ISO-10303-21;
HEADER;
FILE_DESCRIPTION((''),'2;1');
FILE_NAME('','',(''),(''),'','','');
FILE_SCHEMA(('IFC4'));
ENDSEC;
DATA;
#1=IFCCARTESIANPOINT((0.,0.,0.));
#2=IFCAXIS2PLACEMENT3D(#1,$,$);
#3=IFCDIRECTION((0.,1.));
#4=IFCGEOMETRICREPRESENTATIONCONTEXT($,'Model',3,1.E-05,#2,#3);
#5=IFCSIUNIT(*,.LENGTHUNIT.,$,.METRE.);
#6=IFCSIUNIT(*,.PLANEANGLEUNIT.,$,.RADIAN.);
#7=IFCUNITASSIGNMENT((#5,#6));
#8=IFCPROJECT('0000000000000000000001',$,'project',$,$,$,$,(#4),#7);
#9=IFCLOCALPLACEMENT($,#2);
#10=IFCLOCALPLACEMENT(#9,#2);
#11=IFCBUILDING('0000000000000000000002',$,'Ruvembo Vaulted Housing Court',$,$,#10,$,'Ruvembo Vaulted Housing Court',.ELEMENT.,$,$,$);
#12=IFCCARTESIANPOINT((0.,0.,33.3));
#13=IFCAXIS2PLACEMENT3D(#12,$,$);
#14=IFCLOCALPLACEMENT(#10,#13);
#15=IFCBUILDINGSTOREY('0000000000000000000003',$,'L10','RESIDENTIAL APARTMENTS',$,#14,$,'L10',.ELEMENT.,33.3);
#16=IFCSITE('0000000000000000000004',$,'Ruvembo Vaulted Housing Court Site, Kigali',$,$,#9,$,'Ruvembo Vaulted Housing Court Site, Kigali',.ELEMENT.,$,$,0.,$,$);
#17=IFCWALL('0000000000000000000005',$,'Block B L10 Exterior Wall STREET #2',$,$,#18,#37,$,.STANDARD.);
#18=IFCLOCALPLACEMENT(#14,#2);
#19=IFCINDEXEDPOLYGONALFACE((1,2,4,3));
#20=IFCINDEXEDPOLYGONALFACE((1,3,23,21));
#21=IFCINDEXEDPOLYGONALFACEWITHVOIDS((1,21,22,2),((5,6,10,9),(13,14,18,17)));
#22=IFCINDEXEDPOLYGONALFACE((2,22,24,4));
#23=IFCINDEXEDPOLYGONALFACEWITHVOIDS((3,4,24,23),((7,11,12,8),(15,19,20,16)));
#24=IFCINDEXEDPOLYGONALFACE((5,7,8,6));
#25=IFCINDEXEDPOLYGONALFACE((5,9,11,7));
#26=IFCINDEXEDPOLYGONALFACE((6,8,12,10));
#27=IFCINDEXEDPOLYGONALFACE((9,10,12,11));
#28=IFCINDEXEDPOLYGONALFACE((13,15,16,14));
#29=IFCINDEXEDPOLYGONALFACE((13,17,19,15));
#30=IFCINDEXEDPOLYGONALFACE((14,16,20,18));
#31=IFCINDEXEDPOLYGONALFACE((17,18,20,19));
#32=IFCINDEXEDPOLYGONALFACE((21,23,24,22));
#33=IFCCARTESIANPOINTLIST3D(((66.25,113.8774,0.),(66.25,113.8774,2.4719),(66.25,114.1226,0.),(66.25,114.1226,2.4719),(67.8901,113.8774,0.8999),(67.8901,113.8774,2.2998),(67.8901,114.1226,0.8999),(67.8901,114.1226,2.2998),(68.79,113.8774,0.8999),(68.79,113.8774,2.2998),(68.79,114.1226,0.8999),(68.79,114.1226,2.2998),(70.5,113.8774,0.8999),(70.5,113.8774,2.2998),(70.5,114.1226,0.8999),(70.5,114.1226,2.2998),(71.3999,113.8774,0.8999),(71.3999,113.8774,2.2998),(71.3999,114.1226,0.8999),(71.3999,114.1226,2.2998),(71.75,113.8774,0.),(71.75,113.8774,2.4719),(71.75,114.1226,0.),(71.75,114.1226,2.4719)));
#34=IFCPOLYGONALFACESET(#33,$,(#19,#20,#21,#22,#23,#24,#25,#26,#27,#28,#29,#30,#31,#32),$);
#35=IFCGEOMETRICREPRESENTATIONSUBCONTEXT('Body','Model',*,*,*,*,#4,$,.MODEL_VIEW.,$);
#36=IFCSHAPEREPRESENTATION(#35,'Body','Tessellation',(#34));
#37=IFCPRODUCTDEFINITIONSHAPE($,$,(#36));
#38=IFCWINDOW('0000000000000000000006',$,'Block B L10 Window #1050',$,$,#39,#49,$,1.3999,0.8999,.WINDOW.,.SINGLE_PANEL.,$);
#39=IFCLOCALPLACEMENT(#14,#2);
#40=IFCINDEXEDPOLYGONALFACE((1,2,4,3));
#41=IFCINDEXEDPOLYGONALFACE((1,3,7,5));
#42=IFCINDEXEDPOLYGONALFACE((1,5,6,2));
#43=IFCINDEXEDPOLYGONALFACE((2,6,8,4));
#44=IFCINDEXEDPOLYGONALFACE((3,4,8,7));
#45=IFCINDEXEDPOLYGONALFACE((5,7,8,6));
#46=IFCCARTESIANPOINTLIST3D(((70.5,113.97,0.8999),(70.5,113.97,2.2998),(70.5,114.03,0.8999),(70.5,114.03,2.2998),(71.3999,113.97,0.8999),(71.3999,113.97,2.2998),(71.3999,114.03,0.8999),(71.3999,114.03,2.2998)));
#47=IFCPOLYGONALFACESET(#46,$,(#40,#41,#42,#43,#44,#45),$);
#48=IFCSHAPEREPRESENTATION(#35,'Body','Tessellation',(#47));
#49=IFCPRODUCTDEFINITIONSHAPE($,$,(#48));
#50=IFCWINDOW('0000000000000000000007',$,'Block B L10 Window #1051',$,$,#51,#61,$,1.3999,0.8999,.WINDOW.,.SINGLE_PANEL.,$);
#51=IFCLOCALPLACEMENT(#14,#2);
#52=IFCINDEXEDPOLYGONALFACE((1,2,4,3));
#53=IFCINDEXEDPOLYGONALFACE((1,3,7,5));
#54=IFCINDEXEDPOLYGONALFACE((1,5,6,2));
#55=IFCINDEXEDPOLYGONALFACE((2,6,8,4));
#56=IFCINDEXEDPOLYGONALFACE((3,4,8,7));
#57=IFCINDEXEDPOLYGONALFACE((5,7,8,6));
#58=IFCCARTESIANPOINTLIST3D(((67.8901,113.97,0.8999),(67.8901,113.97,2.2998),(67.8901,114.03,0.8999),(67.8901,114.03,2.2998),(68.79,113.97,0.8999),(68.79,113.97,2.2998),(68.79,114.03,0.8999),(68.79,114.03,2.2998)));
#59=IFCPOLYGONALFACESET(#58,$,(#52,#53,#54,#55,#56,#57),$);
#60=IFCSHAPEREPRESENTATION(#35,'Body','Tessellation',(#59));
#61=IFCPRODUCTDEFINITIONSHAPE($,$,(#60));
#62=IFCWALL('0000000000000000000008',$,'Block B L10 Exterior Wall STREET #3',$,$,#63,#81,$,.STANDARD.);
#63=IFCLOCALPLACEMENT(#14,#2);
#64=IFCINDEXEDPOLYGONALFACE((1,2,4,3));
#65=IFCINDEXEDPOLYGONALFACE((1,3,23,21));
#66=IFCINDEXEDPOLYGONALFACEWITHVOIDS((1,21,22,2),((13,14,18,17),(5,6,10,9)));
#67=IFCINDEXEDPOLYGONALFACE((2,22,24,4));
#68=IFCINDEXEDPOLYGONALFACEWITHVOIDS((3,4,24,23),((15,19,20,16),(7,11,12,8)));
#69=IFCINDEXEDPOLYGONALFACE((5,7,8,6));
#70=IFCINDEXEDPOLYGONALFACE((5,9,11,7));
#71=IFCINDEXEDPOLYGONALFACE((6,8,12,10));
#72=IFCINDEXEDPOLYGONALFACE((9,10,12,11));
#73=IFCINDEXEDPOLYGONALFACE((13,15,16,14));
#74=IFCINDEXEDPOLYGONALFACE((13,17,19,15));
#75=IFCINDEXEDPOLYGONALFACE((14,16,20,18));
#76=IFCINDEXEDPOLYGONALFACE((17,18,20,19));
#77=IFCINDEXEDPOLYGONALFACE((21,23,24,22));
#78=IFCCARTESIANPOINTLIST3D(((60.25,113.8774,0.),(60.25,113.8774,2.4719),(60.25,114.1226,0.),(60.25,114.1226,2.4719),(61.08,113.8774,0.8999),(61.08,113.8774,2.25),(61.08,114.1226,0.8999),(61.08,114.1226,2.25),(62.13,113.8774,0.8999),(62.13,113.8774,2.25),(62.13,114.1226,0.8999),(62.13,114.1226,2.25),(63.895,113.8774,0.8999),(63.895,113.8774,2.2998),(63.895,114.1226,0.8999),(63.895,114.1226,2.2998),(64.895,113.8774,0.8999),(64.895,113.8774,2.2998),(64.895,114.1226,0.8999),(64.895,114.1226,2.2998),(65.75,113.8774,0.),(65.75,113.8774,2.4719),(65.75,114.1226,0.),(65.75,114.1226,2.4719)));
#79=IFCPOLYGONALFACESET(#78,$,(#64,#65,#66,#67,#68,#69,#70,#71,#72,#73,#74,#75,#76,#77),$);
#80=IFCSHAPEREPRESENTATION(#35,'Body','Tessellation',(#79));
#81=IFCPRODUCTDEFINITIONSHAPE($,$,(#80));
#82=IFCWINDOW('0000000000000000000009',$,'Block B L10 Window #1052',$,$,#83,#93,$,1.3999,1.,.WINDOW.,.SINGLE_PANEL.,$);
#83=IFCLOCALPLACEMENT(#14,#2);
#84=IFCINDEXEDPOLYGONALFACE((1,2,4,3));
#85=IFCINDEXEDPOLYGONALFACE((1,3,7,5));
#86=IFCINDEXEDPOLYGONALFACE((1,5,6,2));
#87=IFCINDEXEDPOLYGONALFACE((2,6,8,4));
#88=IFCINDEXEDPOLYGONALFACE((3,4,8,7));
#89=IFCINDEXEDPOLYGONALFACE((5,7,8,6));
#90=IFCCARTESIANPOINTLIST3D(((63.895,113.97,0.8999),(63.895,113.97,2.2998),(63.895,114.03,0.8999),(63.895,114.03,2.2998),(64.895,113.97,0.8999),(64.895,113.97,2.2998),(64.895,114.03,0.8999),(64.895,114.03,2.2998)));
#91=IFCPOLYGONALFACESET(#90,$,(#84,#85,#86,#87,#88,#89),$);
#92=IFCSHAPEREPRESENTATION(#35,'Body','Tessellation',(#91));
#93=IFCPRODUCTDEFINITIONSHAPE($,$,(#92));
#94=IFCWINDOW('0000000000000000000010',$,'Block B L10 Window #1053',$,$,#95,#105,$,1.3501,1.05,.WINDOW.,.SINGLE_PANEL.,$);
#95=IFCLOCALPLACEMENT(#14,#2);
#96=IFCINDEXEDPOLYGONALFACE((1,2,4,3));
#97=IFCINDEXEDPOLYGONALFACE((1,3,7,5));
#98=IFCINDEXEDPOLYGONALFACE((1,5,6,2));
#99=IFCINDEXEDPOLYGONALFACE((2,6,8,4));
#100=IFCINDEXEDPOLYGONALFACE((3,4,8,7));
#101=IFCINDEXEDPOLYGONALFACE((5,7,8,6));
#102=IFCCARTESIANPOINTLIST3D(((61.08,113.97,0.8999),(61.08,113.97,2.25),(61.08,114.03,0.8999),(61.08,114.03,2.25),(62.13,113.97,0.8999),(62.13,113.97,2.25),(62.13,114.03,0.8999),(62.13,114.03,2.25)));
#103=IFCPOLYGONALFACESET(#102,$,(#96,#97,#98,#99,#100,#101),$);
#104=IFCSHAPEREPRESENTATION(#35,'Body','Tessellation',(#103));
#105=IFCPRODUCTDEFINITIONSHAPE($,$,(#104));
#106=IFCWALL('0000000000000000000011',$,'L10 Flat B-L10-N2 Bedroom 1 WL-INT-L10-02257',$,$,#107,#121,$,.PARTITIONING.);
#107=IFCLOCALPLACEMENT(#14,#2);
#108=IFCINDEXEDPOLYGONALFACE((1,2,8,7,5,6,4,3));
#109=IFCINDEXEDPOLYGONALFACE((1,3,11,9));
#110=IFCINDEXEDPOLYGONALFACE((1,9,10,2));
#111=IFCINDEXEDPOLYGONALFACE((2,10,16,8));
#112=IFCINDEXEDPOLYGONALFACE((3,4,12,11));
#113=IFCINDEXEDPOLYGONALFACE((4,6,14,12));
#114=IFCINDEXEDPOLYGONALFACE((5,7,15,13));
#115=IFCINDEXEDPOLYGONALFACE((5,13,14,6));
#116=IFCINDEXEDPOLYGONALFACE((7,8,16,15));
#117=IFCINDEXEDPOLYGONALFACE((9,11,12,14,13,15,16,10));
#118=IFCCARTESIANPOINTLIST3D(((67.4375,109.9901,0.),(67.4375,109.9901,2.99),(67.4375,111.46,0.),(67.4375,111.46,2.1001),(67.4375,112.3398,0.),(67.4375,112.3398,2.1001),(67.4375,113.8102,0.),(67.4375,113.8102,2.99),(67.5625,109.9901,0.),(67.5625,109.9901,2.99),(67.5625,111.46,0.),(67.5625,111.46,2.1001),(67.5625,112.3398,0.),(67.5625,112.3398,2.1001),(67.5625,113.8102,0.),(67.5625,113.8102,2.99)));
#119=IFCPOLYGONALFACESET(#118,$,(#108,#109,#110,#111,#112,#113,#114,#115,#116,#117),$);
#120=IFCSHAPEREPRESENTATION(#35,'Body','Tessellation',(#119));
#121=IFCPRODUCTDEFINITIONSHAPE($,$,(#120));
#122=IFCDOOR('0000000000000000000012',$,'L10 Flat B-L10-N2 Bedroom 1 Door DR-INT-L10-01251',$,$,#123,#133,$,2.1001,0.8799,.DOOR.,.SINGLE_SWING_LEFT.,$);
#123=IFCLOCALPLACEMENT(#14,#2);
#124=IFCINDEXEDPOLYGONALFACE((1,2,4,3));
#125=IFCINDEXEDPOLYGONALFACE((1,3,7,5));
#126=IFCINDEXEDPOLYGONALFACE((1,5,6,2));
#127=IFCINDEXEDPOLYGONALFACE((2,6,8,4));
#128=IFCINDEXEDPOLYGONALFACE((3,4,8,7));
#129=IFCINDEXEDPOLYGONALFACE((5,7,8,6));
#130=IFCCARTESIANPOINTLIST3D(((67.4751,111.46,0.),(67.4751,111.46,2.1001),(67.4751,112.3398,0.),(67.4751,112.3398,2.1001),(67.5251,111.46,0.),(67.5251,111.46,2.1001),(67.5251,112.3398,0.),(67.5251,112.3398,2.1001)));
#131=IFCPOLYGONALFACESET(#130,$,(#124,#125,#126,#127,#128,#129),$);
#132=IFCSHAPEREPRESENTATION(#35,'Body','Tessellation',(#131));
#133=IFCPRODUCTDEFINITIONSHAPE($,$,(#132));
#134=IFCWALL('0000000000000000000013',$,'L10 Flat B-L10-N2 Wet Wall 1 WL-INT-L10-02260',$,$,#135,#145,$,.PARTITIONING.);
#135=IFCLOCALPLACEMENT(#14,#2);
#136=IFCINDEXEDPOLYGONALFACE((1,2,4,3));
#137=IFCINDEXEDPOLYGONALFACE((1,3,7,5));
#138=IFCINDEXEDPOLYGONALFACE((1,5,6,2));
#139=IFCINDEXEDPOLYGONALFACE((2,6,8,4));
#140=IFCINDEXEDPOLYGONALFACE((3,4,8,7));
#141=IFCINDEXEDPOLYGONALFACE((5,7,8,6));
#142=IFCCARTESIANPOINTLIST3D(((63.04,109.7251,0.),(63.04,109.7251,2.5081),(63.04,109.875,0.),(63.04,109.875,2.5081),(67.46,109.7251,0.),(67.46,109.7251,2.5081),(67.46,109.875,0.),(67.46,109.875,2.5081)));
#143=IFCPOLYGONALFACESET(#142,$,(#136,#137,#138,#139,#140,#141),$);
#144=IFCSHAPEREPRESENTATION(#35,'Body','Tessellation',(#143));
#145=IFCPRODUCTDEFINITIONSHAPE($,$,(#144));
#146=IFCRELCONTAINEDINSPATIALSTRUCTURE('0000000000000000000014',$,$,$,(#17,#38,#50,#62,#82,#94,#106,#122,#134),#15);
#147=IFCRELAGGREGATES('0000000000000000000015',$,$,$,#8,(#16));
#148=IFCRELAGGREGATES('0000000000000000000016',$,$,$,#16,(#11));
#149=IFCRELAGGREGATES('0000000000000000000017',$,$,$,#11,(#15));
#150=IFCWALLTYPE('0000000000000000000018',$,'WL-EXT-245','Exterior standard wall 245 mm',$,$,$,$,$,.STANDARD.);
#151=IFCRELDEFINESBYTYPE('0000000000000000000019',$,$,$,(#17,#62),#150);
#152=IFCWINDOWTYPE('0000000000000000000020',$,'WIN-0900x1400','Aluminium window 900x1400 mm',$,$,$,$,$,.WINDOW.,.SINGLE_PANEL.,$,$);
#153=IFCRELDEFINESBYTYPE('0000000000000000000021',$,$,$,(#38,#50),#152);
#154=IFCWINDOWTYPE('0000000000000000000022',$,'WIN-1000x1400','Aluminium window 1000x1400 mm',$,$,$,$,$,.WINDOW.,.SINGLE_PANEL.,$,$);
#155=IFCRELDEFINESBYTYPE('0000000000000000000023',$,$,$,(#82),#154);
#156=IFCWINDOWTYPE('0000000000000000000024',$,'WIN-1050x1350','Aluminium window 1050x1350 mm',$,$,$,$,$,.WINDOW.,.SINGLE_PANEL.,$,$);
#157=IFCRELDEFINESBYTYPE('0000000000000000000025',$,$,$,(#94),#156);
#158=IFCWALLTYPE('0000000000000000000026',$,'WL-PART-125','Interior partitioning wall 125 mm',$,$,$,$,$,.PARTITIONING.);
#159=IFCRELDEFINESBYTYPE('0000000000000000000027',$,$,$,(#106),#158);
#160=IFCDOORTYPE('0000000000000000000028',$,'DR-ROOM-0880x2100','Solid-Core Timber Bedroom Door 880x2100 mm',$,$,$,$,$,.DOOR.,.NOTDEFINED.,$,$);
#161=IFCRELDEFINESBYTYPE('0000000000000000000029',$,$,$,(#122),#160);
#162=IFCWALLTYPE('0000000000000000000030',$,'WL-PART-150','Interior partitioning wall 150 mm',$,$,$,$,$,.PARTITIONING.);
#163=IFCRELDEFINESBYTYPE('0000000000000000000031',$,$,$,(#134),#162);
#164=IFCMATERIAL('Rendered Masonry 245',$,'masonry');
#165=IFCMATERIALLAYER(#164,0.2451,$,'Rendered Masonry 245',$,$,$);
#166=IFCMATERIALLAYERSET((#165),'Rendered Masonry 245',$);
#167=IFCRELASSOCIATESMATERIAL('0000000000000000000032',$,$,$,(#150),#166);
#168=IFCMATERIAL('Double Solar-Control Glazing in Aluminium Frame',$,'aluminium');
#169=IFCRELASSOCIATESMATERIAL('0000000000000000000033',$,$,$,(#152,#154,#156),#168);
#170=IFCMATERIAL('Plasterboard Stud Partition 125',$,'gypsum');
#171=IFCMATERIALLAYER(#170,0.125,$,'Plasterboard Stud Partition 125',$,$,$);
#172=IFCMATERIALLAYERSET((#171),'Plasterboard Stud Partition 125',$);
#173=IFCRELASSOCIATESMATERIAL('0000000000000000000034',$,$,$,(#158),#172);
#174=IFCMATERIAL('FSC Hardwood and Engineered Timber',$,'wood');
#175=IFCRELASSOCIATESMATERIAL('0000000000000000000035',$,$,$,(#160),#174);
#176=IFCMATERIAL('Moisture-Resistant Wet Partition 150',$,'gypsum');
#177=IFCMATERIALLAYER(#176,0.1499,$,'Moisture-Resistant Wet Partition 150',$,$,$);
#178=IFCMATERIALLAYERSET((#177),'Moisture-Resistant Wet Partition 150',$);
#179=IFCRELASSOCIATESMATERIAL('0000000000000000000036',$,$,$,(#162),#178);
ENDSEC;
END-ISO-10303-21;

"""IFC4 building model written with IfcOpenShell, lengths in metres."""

from ifc_helpers import new_model, si_unit, direction, frame, frame_2d, origin, place, context, subcontext, project, spatial, rectangle, extrude, material, layer, layer_set, type_object, element, fill, save


model = new_model("IFC4")

# Units and contexts
model_context = context("Model", 3, precision=1e-05, world=origin(), true_north=direction((0.0, 1.0)))
body_context = subcontext(model_context, "Body", "Model", "MODEL_VIEW")
ifc_project = project(units=[si_unit("LENGTHUNIT", "METRE"), si_unit("PLANEANGLEUNIT", "RADIAN")], contexts=[model_context])

# Site, building, storey
site_placement = place(None, origin())
site = spatial("IfcSite", under=ifc_project, at=site_placement, Name="Ruvembo Vaulted Housing Court Site, Kigali", LongName="Ruvembo Vaulted Housing Court Site, Kigali", CompositionType="ELEMENT", RefElevation=0.0)
building_placement = place(site_placement, origin())
building = spatial("IfcBuilding", under=site, at=building_placement, Name="Ruvembo Vaulted Housing Court", LongName="Ruvembo Vaulted Housing Court", CompositionType="ELEMENT")
storey_placement = place(building_placement, frame((0.0, 0.0, 33.3)))
storey = spatial("IfcBuildingStorey", under=building, at=storey_placement, Name="L10", Description="RESIDENTIAL APARTMENTS", LongName="L10", CompositionType="ELEMENT", Elevation=33.3)

# Walls, openings, windows
ifc_material_1 = material(Name="Rendered Masonry 245", Category="masonry")
ifc_layer_1 = layer(ifc_material_1, 0.2451, Name="Rendered Masonry 245")
ifc_layer_set_1 = layer_set([ifc_layer_1], Name="Rendered Masonry 245")
wall_type_1 = type_object("IfcWallType", Name="WL-EXT-245", Description="Exterior standard wall 245 mm", PredefinedType="STANDARD", material=ifc_layer_set_1)
wall_1_placement = place(storey_placement, frame((71.75, 114.0, 0.0), z_axis=(0.0, 0.0, 1.0), x_axis=(-1.0, 0.0, 0.0)))
wall_1 = element("IfcWall", 1, at=wall_1_placement, inside=storey, type_object=wall_type_1, Name="Block B L10 Exterior Wall STREET #2", PredefinedType="STANDARD", context=body_context, shape_type="SweptSolid", body=[
    extrude(rectangle(XDim=5.5, YDim=0.2451, at=frame_2d((2.75, 0.0))), origin(), (0.0, 0.0, 1.0), 2.4719),
])
opening_1_placement = place(wall_1_placement, frame((0.3501, 0.0, 0.8999)))
opening_1 = element("IfcOpeningElement", 2, at=opening_1_placement, cuts=wall_1, PredefinedType="OPENING", context=body_context, shape_type="SweptSolid", body=[
    extrude(rectangle(XDim=0.8999, YDim=1.3999, at=frame_2d((0.45, 0.7))), frame((0.0, 0.1326, 0.0), z_axis=(0.0, -1.0, 0.0), x_axis=(1.0, 0.0, 0.0)), (0.0, 0.0, 1.0), 0.2651),
])
opening_2_placement = place(wall_1_placement, frame((2.96, 0.0, 0.8999)))
opening_2 = element("IfcOpeningElement", 3, at=opening_2_placement, cuts=wall_1, PredefinedType="OPENING", context=body_context, shape_type="SweptSolid", body=[
    extrude(rectangle(XDim=0.8999, YDim=1.3999, at=frame_2d((0.45, 0.7))), frame((0.0, 0.1326, 0.0), z_axis=(0.0, -1.0, 0.0), x_axis=(1.0, 0.0, 0.0)), (0.0, 0.0, 1.0), 0.2651),
])
ifc_material_2 = material(Name="Double Solar-Control Glazing in Aluminium Frame", Category="aluminium")
window_type_1 = type_object("IfcWindowType", Name="WIN-0900x1400", Description="Aluminium window 900x1400 mm", PartitioningType="SINGLE_PANEL", PredefinedType="WINDOW", material=ifc_material_2)
window_1_placement = place(opening_1_placement, origin())
window_1 = element("IfcWindow", 4, at=window_1_placement, inside=storey, type_object=window_type_1, Name="Block B L10 Window #1050", OverallHeight=1.3999, OverallWidth=0.8999, PartitioningType="SINGLE_PANEL", PredefinedType="WINDOW", context=body_context, shape_type="SweptSolid", body=[
    extrude(rectangle(XDim=0.8999, YDim=1.3999, at=frame_2d((0.45, 0.7))), frame((0.0, 0.03, 0.0), z_axis=(0.0, -1.0, 0.0), x_axis=(1.0, 0.0, 0.0)), (0.0, 0.0, 1.0), 0.0601),
])
fill(opening_1, window_1)
window_2_placement = place(opening_2_placement, origin())
window_2 = element("IfcWindow", 5, at=window_2_placement, inside=storey, type_object=window_type_1, Name="Block B L10 Window #1051", OverallHeight=1.3999, OverallWidth=0.8999, PartitioningType="SINGLE_PANEL", PredefinedType="WINDOW", context=body_context, shape_type="SweptSolid", body=[
    extrude(rectangle(XDim=0.8999, YDim=1.3999, at=frame_2d((0.45, 0.7))), frame((0.0, 0.03, 0.0), z_axis=(0.0, -1.0, 0.0), x_axis=(1.0, 0.0, 0.0)), (0.0, 0.0, 1.0), 0.0601),
])
fill(opening_2, window_2)
wall_2_placement = place(storey_placement, frame((65.75, 114.0, 0.0), z_axis=(0.0, 0.0, 1.0), x_axis=(-1.0, 0.0, 0.0)))
wall_2 = element("IfcWall", 6, at=wall_2_placement, inside=storey, type_object=wall_type_1, Name="Block B L10 Exterior Wall STREET #3", PredefinedType="STANDARD", context=body_context, shape_type="SweptSolid", body=[
    extrude(rectangle(XDim=5.5, YDim=0.2451, at=frame_2d((2.75, 0.0))), origin(), (0.0, 0.0, 1.0), 2.4719),
])
opening_3_placement = place(wall_2_placement, frame((0.855, 0.0, 0.8999)))
opening_3 = element("IfcOpeningElement", 7, at=opening_3_placement, cuts=wall_2, PredefinedType="OPENING", context=body_context, shape_type="SweptSolid", body=[
    extrude(rectangle(XDim=1.0, YDim=1.3999, at=frame_2d((0.5, 0.7))), frame((0.0, 0.1326, 0.0), z_axis=(0.0, -1.0, 0.0), x_axis=(1.0, 0.0, 0.0)), (0.0, 0.0, 1.0), 0.2651),
])
opening_4_placement = place(wall_2_placement, frame((3.6201, 0.0, 0.8999)))
opening_4 = element("IfcOpeningElement", 8, at=opening_4_placement, cuts=wall_2, PredefinedType="OPENING", context=body_context, shape_type="SweptSolid", body=[
    extrude(rectangle(XDim=1.05, YDim=1.3501, at=frame_2d((0.5249, 0.675))), frame((0.0, 0.1326, 0.0), z_axis=(0.0, -1.0, 0.0), x_axis=(1.0, 0.0, 0.0)), (0.0, 0.0, 1.0), 0.2651),
])
window_type_2 = type_object("IfcWindowType", Name="WIN-1000x1400", Description="Aluminium window 1000x1400 mm", PartitioningType="SINGLE_PANEL", PredefinedType="WINDOW", material=ifc_material_2)
window_3_placement = place(opening_3_placement, origin())
window_3 = element("IfcWindow", 9, at=window_3_placement, inside=storey, type_object=window_type_2, Name="Block B L10 Window #1052", OverallHeight=1.3999, OverallWidth=1.0, PartitioningType="SINGLE_PANEL", PredefinedType="WINDOW", context=body_context, shape_type="SweptSolid", body=[
    extrude(rectangle(XDim=1.0, YDim=1.3999, at=frame_2d((0.5, 0.7))), frame((0.0, 0.03, 0.0), z_axis=(0.0, -1.0, 0.0), x_axis=(1.0, 0.0, 0.0)), (0.0, 0.0, 1.0), 0.0601),
])
fill(opening_3, window_3)
window_type_3 = type_object("IfcWindowType", Name="WIN-1050x1350", Description="Aluminium window 1050x1350 mm", PartitioningType="SINGLE_PANEL", PredefinedType="WINDOW", material=ifc_material_2)
window_4_placement = place(opening_4_placement, origin())
window_4 = element("IfcWindow", 10, at=window_4_placement, inside=storey, type_object=window_type_3, Name="Block B L10 Window #1053", OverallHeight=1.3501, OverallWidth=1.05, PartitioningType="SINGLE_PANEL", PredefinedType="WINDOW", context=body_context, shape_type="SweptSolid", body=[
    extrude(rectangle(XDim=1.05, YDim=1.3501, at=frame_2d((0.5249, 0.675))), frame((0.0, 0.03, 0.0), z_axis=(0.0, -1.0, 0.0), x_axis=(1.0, 0.0, 0.0)), (0.0, 0.0, 1.0), 0.0601),
])
fill(opening_4, window_4)

# Wall, opening, door
ifc_material_3 = material(Name="Plasterboard Stud Partition 125", Category="gypsum")
ifc_layer_2 = layer(ifc_material_3, 0.125, Name="Plasterboard Stud Partition 125")
ifc_layer_set_2 = layer_set([ifc_layer_2], Name="Plasterboard Stud Partition 125")
wall_type_2 = type_object("IfcWallType", Name="WL-PART-125", Description="Interior partitioning wall 125 mm", PredefinedType="PARTITIONING", material=ifc_layer_set_2)
wall_3_placement = place(storey_placement, frame((67.5, 109.99, 0.0), z_axis=(0.0, 0.0, 1.0), x_axis=(0.0, 1.0, 0.0)))
wall_3 = element("IfcWall", 11, at=wall_3_placement, inside=storey, type_object=wall_type_2, Name="L10 Flat B-L10-N2 Bedroom 1 WL-INT-L10-02257", PredefinedType="PARTITIONING", context=body_context, shape_type="SweptSolid", body=[
    extrude(rectangle(XDim=3.8201, YDim=0.125, at=frame_2d((1.9102, 0.0))), origin(), (0.0, 0.0, 1.0), 2.99),
])
opening_5_placement = place(wall_3_placement, frame((1.47, 0.0, 0.0)))
opening_5 = element("IfcOpeningElement", 12, at=opening_5_placement, cuts=wall_3, PredefinedType="OPENING", context=body_context, shape_type="SweptSolid", body=[
    extrude(rectangle(XDim=0.8799, YDim=2.1001, at=frame_2d((0.4399, 1.05))), frame((0.0, 0.0725, 0.0), z_axis=(0.0, -1.0, 0.0), x_axis=(1.0, 0.0, 0.0)), (0.0, 0.0, 1.0), 0.145),
])
ifc_material_4 = material(Name="FSC Hardwood and Engineered Timber", Category="wood")
door_type_1 = type_object("IfcDoorType", Name="DR-ROOM-0880x2100", Description="Solid-Core Timber Bedroom Door 880x2100 mm", OperationType="NOTDEFINED", PredefinedType="DOOR", material=ifc_material_4)
door_1_placement = place(opening_5_placement, origin())
door_1 = element("IfcDoor", 13, at=door_1_placement, inside=storey, type_object=door_type_1, Name="L10 Flat B-L10-N2 Bedroom 1 Door DR-INT-L10-01251", OperationType="SINGLE_SWING_LEFT", OverallHeight=2.1001, OverallWidth=0.8799, PredefinedType="DOOR", context=body_context, shape_type="SweptSolid", body=[
    extrude(rectangle(XDim=0.8799, YDim=2.1001, at=frame_2d((0.4399, 1.05))), frame((0.0, 0.0249, 0.0), z_axis=(0.0, -1.0, 0.0), x_axis=(1.0, 0.0, 0.0)), (0.0, 0.0, 1.0), 0.05),
])
fill(opening_5, door_1)

# Wall
ifc_material_5 = material(Name="Moisture-Resistant Wet Partition 150", Category="gypsum")
ifc_layer_3 = layer(ifc_material_5, 0.1499, Name="Moisture-Resistant Wet Partition 150")
ifc_layer_set_3 = layer_set([ifc_layer_3], Name="Moisture-Resistant Wet Partition 150")
wall_type_3 = type_object("IfcWallType", Name="WL-PART-150", Description="Interior partitioning wall 150 mm", PredefinedType="PARTITIONING", material=ifc_layer_set_3)
wall_4_placement = place(storey_placement, frame((63.04, 109.8, 0.0), z_axis=(0.0, 0.0, 1.0), x_axis=(1.0, 0.0, 0.0)))
element("IfcWall", 14, at=wall_4_placement, inside=storey, type_object=wall_type_3, Name="L10 Flat B-L10-N2 Wet Wall 1 WL-INT-L10-02260", PredefinedType="PARTITIONING", context=body_context, shape_type="SweptSolid", body=[
    extrude(rectangle(XDim=4.4199, YDim=0.1499, at=frame_2d((2.21, 0.0))), origin(), (0.0, 0.0, 1.0), 2.5081),
])

save(model, "model.ifc")
